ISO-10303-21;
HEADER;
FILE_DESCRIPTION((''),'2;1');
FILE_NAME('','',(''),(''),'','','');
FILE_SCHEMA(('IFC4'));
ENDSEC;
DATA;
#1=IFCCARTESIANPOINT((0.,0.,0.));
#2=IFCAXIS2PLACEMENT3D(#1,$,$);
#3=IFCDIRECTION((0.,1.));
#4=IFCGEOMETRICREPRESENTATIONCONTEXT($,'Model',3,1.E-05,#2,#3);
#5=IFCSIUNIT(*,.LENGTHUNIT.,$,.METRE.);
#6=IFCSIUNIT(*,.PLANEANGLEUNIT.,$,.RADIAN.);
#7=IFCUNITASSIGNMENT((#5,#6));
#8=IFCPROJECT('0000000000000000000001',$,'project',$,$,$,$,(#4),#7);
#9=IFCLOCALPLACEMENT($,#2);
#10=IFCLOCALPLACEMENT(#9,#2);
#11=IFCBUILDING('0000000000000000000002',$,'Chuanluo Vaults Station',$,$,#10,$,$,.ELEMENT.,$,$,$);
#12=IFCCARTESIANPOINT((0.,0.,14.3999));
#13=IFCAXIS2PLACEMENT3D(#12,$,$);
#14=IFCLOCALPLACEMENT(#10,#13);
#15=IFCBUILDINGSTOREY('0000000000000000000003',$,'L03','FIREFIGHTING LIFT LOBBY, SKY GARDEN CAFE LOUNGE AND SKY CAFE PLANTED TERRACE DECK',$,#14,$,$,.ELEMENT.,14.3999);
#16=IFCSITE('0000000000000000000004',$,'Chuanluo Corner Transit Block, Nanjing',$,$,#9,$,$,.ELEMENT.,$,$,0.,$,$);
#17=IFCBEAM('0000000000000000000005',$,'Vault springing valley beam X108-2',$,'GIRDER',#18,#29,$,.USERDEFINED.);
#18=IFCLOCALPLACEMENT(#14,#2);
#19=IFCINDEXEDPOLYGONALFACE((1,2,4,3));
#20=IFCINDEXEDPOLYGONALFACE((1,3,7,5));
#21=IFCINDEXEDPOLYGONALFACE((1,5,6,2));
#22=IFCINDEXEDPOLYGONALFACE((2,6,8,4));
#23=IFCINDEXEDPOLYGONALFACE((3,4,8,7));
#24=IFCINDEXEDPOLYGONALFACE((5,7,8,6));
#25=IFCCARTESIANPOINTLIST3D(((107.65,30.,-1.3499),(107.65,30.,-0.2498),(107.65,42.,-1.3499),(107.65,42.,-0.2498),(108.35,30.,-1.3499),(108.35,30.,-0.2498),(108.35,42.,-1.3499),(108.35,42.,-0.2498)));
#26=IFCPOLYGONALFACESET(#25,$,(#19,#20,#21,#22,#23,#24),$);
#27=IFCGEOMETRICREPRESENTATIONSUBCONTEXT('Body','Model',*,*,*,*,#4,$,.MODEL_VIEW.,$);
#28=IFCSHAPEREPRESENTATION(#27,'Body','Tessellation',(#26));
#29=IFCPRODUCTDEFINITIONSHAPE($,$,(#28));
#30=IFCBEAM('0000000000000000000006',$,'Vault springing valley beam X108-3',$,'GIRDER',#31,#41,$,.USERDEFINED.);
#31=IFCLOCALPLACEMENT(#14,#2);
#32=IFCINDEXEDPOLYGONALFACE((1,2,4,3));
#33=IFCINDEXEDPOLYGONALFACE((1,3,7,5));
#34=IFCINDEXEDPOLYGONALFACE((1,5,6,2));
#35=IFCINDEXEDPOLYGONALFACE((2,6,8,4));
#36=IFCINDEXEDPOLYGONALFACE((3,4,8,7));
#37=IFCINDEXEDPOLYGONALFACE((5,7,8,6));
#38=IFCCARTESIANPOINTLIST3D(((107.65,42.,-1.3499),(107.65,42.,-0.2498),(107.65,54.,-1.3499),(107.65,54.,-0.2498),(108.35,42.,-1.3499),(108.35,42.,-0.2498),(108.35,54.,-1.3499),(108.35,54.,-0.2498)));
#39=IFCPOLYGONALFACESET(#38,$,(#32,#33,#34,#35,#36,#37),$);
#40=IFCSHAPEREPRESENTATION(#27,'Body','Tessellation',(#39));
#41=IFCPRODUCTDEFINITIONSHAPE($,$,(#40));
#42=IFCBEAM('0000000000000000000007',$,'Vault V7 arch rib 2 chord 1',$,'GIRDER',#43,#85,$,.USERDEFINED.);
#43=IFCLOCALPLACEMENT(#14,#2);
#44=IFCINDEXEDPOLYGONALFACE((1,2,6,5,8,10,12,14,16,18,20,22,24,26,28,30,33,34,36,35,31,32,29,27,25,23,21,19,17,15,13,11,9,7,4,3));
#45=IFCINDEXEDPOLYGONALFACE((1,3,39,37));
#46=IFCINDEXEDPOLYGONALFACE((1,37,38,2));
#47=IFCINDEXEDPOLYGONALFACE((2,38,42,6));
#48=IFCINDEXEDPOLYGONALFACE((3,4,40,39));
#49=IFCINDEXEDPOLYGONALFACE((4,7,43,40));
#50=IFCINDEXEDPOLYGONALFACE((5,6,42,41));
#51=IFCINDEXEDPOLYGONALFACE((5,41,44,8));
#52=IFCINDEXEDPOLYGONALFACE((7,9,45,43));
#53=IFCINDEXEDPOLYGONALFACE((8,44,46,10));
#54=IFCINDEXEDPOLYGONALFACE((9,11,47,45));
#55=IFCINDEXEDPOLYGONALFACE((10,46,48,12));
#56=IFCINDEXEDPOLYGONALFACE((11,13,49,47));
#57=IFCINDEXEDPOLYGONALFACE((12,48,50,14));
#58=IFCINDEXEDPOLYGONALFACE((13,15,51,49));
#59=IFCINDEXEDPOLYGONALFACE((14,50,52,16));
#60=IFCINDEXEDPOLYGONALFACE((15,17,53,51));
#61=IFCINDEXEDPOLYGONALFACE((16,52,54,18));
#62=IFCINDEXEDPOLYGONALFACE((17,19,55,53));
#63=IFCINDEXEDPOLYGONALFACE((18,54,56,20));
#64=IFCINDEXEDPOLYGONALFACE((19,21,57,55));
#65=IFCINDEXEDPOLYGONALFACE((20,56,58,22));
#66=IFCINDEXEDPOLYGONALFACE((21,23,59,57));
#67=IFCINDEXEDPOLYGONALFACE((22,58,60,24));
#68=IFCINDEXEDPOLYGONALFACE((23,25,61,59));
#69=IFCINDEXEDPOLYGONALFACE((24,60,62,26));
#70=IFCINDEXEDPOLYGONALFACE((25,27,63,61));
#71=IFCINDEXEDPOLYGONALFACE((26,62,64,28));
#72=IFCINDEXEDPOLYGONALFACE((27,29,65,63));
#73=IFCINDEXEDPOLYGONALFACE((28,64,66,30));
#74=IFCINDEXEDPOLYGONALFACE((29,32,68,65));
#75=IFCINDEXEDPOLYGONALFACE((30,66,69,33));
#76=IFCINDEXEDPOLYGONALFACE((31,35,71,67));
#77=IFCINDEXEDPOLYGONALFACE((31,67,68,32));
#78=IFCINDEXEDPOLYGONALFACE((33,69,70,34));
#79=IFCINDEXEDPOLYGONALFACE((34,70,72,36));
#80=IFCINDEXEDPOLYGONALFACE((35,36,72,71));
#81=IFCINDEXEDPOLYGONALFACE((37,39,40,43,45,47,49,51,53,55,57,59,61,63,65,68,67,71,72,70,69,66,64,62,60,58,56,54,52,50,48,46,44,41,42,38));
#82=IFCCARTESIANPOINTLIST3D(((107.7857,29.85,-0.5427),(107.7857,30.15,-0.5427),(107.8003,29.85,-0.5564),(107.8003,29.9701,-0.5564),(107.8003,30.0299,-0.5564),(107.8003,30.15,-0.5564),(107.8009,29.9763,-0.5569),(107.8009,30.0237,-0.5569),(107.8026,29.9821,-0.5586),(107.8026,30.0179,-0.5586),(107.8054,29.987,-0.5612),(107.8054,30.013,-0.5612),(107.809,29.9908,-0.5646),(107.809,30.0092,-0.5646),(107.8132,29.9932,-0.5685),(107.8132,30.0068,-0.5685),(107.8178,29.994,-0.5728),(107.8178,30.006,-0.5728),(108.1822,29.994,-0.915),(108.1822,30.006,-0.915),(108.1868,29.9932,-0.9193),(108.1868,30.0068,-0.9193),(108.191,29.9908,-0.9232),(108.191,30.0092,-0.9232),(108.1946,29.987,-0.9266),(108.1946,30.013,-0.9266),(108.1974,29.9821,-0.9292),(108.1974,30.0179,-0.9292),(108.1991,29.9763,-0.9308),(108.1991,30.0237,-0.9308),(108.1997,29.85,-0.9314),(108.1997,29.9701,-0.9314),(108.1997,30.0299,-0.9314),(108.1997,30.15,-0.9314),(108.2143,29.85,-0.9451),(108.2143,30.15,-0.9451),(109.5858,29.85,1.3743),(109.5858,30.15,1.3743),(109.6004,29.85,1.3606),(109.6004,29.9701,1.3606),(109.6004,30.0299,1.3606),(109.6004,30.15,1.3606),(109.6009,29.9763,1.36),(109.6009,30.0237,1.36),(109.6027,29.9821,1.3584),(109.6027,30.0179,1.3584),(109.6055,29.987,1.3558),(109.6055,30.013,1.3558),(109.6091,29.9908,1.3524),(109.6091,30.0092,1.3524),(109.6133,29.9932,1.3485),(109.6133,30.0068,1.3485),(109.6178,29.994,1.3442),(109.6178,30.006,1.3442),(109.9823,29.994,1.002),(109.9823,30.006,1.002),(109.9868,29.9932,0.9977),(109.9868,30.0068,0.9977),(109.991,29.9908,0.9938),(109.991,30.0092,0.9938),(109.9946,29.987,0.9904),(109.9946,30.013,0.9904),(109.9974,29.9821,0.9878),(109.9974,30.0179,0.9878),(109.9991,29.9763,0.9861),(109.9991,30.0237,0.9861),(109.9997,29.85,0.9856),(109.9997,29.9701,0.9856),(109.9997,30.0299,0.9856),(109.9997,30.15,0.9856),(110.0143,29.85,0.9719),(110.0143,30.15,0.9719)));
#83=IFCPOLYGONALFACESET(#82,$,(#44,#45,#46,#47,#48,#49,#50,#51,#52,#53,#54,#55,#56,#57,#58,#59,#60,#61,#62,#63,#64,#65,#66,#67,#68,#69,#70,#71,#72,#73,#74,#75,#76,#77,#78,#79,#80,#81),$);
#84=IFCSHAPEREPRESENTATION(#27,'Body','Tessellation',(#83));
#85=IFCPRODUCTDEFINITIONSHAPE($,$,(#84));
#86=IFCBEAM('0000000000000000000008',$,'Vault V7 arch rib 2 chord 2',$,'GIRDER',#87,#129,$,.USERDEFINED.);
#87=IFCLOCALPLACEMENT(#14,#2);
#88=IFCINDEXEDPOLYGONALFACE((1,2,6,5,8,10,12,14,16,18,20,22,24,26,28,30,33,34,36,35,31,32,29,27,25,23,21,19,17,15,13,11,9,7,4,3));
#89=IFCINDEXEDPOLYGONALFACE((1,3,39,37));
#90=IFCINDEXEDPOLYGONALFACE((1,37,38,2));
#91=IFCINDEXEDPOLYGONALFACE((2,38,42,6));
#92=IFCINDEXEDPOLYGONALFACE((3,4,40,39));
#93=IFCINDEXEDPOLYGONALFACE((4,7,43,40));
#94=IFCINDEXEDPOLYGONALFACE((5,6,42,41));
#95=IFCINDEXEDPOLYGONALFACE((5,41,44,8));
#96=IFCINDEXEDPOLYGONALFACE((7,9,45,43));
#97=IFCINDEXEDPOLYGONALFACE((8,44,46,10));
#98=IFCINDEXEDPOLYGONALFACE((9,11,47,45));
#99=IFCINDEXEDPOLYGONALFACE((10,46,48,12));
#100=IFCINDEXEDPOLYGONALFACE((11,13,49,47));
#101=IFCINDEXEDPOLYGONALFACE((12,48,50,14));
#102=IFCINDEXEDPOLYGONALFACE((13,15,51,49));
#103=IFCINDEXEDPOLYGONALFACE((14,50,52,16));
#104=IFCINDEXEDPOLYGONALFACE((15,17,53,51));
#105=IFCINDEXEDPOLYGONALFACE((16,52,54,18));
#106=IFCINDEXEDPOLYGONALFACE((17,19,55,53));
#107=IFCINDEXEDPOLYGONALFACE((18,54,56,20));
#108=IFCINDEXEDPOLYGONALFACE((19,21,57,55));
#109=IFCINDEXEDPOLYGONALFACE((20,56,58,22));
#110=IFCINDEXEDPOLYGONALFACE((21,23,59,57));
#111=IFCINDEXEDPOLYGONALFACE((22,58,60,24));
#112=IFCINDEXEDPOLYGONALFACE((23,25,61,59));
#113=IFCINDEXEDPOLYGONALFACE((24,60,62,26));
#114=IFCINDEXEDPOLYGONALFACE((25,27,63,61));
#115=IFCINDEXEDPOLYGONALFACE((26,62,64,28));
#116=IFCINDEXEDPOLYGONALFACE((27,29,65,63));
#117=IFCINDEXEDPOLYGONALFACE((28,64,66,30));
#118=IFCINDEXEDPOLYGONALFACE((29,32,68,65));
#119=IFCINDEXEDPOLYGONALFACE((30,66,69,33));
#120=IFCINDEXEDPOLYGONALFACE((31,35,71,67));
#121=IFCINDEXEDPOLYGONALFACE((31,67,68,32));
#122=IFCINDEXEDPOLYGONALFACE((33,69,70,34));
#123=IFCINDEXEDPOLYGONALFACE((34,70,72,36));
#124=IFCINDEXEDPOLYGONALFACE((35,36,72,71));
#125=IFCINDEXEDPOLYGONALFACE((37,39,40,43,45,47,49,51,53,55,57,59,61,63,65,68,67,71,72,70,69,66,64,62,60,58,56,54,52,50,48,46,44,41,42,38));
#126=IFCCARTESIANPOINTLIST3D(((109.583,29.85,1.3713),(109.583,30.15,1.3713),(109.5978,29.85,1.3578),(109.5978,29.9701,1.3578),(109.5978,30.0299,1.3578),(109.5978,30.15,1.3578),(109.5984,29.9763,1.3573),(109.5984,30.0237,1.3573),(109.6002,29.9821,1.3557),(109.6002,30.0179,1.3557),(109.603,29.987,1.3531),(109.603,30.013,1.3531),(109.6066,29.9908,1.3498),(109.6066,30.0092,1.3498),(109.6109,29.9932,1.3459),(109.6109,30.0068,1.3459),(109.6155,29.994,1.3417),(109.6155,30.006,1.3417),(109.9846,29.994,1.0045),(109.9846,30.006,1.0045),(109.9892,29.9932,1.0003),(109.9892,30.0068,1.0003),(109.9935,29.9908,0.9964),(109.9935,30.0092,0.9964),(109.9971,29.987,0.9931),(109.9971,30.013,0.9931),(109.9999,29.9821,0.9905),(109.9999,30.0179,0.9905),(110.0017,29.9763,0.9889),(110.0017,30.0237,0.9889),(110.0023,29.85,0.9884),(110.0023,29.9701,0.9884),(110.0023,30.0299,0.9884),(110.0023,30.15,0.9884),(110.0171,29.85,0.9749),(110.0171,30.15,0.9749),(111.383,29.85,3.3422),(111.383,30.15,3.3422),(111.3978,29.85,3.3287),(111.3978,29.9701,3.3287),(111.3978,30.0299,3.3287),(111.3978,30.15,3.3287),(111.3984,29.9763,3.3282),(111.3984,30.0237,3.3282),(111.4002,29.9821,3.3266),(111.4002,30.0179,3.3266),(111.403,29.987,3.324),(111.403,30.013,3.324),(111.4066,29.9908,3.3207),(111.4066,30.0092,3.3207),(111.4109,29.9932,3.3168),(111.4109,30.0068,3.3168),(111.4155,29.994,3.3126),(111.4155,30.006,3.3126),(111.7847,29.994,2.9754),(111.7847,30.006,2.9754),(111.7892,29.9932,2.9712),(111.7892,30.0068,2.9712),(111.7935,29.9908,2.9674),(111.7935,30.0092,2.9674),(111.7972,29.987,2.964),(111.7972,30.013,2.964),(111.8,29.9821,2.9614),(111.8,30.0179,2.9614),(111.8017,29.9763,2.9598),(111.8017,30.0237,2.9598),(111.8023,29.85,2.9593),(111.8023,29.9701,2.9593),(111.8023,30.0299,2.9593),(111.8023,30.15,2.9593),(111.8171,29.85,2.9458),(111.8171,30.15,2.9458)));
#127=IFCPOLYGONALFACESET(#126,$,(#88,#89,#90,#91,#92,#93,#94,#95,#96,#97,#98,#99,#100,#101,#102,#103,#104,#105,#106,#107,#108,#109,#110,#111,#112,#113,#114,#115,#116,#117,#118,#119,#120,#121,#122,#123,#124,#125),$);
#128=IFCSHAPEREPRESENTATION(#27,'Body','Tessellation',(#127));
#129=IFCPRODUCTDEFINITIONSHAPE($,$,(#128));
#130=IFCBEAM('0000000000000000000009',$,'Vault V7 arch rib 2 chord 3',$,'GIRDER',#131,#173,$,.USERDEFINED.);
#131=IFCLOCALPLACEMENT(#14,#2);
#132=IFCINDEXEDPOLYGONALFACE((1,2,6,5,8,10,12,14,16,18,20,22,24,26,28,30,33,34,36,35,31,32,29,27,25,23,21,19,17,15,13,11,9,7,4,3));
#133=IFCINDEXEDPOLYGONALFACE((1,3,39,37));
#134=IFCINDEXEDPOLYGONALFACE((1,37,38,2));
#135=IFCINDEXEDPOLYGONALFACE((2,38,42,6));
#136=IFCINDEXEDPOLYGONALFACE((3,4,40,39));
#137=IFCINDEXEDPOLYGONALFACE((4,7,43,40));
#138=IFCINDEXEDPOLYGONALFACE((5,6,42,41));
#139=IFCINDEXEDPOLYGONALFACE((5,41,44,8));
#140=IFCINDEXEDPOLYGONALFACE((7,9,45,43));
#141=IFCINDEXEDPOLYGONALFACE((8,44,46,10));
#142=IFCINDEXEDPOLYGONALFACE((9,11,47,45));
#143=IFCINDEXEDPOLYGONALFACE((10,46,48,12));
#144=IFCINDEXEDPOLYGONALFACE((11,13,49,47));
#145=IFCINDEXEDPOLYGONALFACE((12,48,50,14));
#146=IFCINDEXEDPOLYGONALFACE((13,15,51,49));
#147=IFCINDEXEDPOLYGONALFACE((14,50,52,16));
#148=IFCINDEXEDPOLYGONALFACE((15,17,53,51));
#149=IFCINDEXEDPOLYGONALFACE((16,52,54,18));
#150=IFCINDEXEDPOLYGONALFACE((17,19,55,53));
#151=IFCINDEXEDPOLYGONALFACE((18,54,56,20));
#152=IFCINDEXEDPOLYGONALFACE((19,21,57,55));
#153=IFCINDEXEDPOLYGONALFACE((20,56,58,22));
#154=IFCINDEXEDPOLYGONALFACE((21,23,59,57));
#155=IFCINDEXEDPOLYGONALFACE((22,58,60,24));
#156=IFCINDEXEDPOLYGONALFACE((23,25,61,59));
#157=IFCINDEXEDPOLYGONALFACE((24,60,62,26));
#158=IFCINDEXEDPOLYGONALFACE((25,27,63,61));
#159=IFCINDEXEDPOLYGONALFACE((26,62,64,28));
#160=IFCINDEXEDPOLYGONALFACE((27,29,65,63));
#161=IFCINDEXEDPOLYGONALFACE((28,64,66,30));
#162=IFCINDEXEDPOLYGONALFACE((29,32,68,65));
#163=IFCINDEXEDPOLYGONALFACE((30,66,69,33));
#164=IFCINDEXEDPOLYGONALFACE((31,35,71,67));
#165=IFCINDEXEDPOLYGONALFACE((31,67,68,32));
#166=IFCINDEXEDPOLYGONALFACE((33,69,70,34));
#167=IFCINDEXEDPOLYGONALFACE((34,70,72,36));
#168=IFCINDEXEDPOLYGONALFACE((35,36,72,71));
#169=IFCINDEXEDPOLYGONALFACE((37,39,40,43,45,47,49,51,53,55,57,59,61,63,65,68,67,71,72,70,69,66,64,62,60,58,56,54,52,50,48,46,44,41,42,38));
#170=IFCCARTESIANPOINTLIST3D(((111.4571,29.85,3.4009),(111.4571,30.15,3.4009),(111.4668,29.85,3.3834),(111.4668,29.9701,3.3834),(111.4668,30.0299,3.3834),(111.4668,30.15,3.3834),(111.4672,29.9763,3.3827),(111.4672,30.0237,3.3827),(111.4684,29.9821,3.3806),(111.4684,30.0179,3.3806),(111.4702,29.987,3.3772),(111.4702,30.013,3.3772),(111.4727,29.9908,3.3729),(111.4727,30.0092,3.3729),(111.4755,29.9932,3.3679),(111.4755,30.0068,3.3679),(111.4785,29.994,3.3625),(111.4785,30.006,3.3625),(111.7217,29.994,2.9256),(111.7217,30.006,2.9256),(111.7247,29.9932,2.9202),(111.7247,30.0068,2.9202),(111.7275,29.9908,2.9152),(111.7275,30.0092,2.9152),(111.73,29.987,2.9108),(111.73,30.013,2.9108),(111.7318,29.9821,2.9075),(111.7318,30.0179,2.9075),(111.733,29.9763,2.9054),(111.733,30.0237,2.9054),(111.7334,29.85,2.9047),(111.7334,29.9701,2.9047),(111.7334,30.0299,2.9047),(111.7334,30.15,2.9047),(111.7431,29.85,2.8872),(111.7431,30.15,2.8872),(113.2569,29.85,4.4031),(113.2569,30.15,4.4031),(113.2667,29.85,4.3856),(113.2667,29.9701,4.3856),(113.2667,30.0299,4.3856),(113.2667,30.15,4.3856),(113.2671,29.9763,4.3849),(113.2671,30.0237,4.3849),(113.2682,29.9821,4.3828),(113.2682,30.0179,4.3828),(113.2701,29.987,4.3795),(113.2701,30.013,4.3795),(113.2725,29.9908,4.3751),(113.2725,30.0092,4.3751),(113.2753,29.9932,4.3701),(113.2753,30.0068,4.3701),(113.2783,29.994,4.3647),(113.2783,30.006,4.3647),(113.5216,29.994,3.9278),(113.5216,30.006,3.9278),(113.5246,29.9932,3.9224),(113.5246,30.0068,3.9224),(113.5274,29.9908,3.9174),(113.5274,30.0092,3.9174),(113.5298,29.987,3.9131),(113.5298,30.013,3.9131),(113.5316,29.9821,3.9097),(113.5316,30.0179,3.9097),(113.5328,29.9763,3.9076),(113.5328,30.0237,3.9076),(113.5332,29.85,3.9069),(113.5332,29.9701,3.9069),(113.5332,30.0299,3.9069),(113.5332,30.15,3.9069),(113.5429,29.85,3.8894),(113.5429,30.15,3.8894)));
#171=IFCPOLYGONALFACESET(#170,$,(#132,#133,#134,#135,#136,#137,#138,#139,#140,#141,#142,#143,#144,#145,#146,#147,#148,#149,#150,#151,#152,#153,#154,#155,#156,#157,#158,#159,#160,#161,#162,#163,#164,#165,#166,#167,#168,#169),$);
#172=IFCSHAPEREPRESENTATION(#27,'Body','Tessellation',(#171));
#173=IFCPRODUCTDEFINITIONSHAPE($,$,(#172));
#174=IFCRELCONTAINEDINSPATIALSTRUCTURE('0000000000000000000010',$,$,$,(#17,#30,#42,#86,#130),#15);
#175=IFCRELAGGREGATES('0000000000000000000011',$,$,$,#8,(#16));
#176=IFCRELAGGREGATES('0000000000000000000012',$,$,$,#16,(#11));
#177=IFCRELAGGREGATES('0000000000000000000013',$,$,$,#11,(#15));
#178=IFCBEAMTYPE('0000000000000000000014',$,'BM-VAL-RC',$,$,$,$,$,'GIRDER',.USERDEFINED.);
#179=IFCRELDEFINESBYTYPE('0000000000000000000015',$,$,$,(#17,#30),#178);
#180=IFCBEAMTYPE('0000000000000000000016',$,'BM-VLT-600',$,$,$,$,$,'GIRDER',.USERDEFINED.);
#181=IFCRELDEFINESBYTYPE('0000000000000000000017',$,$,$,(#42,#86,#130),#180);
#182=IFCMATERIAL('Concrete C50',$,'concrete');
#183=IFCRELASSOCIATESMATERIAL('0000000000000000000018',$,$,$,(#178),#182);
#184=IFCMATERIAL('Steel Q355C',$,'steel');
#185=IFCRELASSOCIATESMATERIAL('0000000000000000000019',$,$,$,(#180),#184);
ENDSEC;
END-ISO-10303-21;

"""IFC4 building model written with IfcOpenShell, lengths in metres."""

from ifc_helpers import new_model, si_unit, direction, frame, origin, origin_2d, place, context, subcontext, project, spatial, rectangle, i_section, extrude, material, material_profile, profile_set, type_object, element, save


model = new_model("IFC4")

# Units and contexts
model_context = context("Model", 3, precision=1e-05, world=origin(), true_north=direction((0.0, 1.0)))
body_context = subcontext(model_context, "Body", "Model", "MODEL_VIEW")
ifc_project = project(units=[si_unit("LENGTHUNIT", "METRE"), si_unit("PLANEANGLEUNIT", "RADIAN")], contexts=[model_context])

# Site, building, storey
site_placement = place(None, origin())
site = spatial("IfcSite", under=ifc_project, at=site_placement, Name="Chuanluo Corner Transit Block, Nanjing", CompositionType="ELEMENT", RefElevation=0.0)
building_placement = place(site_placement, origin())
building = spatial("IfcBuilding", under=site, at=building_placement, Name="Chuanluo Vaults Station", CompositionType="ELEMENT")
storey_placement = place(building_placement, frame((0.0, 0.0, 14.3999)))
storey = spatial("IfcBuildingStorey", under=building, at=storey_placement, Name="L03", Description="FIREFIGHTING LIFT LOBBY, SKY GARDEN CAFE LOUNGE AND SKY CAFE PLANTED TERRACE DECK", CompositionType="ELEMENT", Elevation=14.3999)

# Beams
ifc_material_1 = material(Name="Concrete C50", Category="concrete")
ifc_material_profile_1 = material_profile(ifc_material_1, rectangle(XDim=0.7, YDim=1.1001, at=origin_2d()))
ifc_profile_set_1 = profile_set([ifc_material_profile_1], Name="Concrete C50")
beam_type_1 = type_object("IfcBeamType", Name="BM-VAL-RC", ElementType="GIRDER", PredefinedType="USERDEFINED", material=ifc_profile_set_1)
for number, where, z_axis, x_axis, name in (
    (1, (108.0, 30.0, -0.7998), (0.0, 1.0, 0.0), (-1.0, 0.0, 0.0), "Vault springing valley beam X108-2"),
    (2, (108.0, 42.0, -0.7998), (0.0, 1.0, 0.0), (-1.0, 0.0, 0.0), "Vault springing valley beam X108-3"),
):
    element("IfcBeam", number, at=place(storey_placement, frame(where, z_axis=z_axis, x_axis=x_axis)), inside=storey, type_object=beam_type_1, Name=name, ObjectType="GIRDER", PredefinedType="USERDEFINED", context=body_context, shape_type="SweptSolid", body=[
        extrude(rectangle(XDim=0.7, YDim=1.1001, at=origin_2d()), origin(), (0.0, 0.0, 1.0), 12.0),
    ])
ifc_material_2 = material(Name="Steel Q355C", Category="steel")
ifc_material_profile_2 = material_profile(ifc_material_2, i_section(OverallWidth=0.3, OverallDepth=0.5879, WebThickness=0.012, FlangeThickness=0.02, FilletRadius=0.0239, at=origin_2d()))
ifc_profile_set_2 = profile_set([ifc_material_profile_2], Name="Steel Q355C")
beam_type_2 = type_object("IfcBeamType", Name="BM-VLT-600", ElementType="GIRDER", PredefinedType="USERDEFINED", material=ifc_profile_set_2)
beam_1_placement = place(storey_placement, frame((108.0, 30.0, -0.7439), z_axis=(0.684522, 0.0, 0.728993), x_axis=(0.0, 1.0, 0.0)))
element("IfcBeam", 3, at=beam_1_placement, inside=storey, type_object=beam_type_2, Name="Vault V7 arch rib 2 chord 1", ObjectType="GIRDER", PredefinedType="USERDEFINED", context=body_context, shape_type="SweptSolid", body=[
    extrude(i_section(OverallWidth=0.3, OverallDepth=0.5879, WebThickness=0.012, FlangeThickness=0.02, FilletRadius=0.0239, at=origin_2d()), origin(), (0.0, 0.0, 1.0), 2.6296),
])
beam_2_placement = place(storey_placement, frame((109.8, 30.0, 1.1731), z_axis=(0.674369, 0.0, 0.738394), x_axis=(0.0, 1.0, 0.0)))
element("IfcBeam", 4, at=beam_2_placement, inside=storey, type_object=beam_type_2, Name="Vault V7 arch rib 2 chord 2", ObjectType="GIRDER", PredefinedType="USERDEFINED", context=body_context, shape_type="SweptSolid", body=[
    extrude(i_section(OverallWidth=0.3, OverallDepth=0.5879, WebThickness=0.012, FlangeThickness=0.02, FilletRadius=0.0239, at=origin_2d()), origin(), (0.0, 0.0, 1.0), 2.6692),
])
beam_3_placement = place(storey_placement, frame((111.6001, 30.0, 3.144), z_axis=(0.873682, 0.0, 0.486498), x_axis=(0.0, 1.0, 0.0)))
element("IfcBeam", 5, at=beam_3_placement, inside=storey, type_object=beam_type_2, Name="Vault V7 arch rib 2 chord 3", ObjectType="GIRDER", PredefinedType="USERDEFINED", context=body_context, shape_type="SweptSolid", body=[
    extrude(i_section(OverallWidth=0.3, OverallDepth=0.5879, WebThickness=0.012, FlangeThickness=0.02, FilletRadius=0.0239, at=origin_2d()), origin(), (0.0, 0.0, 1.0), 2.0601),
])

save(model, "model.ifc")
